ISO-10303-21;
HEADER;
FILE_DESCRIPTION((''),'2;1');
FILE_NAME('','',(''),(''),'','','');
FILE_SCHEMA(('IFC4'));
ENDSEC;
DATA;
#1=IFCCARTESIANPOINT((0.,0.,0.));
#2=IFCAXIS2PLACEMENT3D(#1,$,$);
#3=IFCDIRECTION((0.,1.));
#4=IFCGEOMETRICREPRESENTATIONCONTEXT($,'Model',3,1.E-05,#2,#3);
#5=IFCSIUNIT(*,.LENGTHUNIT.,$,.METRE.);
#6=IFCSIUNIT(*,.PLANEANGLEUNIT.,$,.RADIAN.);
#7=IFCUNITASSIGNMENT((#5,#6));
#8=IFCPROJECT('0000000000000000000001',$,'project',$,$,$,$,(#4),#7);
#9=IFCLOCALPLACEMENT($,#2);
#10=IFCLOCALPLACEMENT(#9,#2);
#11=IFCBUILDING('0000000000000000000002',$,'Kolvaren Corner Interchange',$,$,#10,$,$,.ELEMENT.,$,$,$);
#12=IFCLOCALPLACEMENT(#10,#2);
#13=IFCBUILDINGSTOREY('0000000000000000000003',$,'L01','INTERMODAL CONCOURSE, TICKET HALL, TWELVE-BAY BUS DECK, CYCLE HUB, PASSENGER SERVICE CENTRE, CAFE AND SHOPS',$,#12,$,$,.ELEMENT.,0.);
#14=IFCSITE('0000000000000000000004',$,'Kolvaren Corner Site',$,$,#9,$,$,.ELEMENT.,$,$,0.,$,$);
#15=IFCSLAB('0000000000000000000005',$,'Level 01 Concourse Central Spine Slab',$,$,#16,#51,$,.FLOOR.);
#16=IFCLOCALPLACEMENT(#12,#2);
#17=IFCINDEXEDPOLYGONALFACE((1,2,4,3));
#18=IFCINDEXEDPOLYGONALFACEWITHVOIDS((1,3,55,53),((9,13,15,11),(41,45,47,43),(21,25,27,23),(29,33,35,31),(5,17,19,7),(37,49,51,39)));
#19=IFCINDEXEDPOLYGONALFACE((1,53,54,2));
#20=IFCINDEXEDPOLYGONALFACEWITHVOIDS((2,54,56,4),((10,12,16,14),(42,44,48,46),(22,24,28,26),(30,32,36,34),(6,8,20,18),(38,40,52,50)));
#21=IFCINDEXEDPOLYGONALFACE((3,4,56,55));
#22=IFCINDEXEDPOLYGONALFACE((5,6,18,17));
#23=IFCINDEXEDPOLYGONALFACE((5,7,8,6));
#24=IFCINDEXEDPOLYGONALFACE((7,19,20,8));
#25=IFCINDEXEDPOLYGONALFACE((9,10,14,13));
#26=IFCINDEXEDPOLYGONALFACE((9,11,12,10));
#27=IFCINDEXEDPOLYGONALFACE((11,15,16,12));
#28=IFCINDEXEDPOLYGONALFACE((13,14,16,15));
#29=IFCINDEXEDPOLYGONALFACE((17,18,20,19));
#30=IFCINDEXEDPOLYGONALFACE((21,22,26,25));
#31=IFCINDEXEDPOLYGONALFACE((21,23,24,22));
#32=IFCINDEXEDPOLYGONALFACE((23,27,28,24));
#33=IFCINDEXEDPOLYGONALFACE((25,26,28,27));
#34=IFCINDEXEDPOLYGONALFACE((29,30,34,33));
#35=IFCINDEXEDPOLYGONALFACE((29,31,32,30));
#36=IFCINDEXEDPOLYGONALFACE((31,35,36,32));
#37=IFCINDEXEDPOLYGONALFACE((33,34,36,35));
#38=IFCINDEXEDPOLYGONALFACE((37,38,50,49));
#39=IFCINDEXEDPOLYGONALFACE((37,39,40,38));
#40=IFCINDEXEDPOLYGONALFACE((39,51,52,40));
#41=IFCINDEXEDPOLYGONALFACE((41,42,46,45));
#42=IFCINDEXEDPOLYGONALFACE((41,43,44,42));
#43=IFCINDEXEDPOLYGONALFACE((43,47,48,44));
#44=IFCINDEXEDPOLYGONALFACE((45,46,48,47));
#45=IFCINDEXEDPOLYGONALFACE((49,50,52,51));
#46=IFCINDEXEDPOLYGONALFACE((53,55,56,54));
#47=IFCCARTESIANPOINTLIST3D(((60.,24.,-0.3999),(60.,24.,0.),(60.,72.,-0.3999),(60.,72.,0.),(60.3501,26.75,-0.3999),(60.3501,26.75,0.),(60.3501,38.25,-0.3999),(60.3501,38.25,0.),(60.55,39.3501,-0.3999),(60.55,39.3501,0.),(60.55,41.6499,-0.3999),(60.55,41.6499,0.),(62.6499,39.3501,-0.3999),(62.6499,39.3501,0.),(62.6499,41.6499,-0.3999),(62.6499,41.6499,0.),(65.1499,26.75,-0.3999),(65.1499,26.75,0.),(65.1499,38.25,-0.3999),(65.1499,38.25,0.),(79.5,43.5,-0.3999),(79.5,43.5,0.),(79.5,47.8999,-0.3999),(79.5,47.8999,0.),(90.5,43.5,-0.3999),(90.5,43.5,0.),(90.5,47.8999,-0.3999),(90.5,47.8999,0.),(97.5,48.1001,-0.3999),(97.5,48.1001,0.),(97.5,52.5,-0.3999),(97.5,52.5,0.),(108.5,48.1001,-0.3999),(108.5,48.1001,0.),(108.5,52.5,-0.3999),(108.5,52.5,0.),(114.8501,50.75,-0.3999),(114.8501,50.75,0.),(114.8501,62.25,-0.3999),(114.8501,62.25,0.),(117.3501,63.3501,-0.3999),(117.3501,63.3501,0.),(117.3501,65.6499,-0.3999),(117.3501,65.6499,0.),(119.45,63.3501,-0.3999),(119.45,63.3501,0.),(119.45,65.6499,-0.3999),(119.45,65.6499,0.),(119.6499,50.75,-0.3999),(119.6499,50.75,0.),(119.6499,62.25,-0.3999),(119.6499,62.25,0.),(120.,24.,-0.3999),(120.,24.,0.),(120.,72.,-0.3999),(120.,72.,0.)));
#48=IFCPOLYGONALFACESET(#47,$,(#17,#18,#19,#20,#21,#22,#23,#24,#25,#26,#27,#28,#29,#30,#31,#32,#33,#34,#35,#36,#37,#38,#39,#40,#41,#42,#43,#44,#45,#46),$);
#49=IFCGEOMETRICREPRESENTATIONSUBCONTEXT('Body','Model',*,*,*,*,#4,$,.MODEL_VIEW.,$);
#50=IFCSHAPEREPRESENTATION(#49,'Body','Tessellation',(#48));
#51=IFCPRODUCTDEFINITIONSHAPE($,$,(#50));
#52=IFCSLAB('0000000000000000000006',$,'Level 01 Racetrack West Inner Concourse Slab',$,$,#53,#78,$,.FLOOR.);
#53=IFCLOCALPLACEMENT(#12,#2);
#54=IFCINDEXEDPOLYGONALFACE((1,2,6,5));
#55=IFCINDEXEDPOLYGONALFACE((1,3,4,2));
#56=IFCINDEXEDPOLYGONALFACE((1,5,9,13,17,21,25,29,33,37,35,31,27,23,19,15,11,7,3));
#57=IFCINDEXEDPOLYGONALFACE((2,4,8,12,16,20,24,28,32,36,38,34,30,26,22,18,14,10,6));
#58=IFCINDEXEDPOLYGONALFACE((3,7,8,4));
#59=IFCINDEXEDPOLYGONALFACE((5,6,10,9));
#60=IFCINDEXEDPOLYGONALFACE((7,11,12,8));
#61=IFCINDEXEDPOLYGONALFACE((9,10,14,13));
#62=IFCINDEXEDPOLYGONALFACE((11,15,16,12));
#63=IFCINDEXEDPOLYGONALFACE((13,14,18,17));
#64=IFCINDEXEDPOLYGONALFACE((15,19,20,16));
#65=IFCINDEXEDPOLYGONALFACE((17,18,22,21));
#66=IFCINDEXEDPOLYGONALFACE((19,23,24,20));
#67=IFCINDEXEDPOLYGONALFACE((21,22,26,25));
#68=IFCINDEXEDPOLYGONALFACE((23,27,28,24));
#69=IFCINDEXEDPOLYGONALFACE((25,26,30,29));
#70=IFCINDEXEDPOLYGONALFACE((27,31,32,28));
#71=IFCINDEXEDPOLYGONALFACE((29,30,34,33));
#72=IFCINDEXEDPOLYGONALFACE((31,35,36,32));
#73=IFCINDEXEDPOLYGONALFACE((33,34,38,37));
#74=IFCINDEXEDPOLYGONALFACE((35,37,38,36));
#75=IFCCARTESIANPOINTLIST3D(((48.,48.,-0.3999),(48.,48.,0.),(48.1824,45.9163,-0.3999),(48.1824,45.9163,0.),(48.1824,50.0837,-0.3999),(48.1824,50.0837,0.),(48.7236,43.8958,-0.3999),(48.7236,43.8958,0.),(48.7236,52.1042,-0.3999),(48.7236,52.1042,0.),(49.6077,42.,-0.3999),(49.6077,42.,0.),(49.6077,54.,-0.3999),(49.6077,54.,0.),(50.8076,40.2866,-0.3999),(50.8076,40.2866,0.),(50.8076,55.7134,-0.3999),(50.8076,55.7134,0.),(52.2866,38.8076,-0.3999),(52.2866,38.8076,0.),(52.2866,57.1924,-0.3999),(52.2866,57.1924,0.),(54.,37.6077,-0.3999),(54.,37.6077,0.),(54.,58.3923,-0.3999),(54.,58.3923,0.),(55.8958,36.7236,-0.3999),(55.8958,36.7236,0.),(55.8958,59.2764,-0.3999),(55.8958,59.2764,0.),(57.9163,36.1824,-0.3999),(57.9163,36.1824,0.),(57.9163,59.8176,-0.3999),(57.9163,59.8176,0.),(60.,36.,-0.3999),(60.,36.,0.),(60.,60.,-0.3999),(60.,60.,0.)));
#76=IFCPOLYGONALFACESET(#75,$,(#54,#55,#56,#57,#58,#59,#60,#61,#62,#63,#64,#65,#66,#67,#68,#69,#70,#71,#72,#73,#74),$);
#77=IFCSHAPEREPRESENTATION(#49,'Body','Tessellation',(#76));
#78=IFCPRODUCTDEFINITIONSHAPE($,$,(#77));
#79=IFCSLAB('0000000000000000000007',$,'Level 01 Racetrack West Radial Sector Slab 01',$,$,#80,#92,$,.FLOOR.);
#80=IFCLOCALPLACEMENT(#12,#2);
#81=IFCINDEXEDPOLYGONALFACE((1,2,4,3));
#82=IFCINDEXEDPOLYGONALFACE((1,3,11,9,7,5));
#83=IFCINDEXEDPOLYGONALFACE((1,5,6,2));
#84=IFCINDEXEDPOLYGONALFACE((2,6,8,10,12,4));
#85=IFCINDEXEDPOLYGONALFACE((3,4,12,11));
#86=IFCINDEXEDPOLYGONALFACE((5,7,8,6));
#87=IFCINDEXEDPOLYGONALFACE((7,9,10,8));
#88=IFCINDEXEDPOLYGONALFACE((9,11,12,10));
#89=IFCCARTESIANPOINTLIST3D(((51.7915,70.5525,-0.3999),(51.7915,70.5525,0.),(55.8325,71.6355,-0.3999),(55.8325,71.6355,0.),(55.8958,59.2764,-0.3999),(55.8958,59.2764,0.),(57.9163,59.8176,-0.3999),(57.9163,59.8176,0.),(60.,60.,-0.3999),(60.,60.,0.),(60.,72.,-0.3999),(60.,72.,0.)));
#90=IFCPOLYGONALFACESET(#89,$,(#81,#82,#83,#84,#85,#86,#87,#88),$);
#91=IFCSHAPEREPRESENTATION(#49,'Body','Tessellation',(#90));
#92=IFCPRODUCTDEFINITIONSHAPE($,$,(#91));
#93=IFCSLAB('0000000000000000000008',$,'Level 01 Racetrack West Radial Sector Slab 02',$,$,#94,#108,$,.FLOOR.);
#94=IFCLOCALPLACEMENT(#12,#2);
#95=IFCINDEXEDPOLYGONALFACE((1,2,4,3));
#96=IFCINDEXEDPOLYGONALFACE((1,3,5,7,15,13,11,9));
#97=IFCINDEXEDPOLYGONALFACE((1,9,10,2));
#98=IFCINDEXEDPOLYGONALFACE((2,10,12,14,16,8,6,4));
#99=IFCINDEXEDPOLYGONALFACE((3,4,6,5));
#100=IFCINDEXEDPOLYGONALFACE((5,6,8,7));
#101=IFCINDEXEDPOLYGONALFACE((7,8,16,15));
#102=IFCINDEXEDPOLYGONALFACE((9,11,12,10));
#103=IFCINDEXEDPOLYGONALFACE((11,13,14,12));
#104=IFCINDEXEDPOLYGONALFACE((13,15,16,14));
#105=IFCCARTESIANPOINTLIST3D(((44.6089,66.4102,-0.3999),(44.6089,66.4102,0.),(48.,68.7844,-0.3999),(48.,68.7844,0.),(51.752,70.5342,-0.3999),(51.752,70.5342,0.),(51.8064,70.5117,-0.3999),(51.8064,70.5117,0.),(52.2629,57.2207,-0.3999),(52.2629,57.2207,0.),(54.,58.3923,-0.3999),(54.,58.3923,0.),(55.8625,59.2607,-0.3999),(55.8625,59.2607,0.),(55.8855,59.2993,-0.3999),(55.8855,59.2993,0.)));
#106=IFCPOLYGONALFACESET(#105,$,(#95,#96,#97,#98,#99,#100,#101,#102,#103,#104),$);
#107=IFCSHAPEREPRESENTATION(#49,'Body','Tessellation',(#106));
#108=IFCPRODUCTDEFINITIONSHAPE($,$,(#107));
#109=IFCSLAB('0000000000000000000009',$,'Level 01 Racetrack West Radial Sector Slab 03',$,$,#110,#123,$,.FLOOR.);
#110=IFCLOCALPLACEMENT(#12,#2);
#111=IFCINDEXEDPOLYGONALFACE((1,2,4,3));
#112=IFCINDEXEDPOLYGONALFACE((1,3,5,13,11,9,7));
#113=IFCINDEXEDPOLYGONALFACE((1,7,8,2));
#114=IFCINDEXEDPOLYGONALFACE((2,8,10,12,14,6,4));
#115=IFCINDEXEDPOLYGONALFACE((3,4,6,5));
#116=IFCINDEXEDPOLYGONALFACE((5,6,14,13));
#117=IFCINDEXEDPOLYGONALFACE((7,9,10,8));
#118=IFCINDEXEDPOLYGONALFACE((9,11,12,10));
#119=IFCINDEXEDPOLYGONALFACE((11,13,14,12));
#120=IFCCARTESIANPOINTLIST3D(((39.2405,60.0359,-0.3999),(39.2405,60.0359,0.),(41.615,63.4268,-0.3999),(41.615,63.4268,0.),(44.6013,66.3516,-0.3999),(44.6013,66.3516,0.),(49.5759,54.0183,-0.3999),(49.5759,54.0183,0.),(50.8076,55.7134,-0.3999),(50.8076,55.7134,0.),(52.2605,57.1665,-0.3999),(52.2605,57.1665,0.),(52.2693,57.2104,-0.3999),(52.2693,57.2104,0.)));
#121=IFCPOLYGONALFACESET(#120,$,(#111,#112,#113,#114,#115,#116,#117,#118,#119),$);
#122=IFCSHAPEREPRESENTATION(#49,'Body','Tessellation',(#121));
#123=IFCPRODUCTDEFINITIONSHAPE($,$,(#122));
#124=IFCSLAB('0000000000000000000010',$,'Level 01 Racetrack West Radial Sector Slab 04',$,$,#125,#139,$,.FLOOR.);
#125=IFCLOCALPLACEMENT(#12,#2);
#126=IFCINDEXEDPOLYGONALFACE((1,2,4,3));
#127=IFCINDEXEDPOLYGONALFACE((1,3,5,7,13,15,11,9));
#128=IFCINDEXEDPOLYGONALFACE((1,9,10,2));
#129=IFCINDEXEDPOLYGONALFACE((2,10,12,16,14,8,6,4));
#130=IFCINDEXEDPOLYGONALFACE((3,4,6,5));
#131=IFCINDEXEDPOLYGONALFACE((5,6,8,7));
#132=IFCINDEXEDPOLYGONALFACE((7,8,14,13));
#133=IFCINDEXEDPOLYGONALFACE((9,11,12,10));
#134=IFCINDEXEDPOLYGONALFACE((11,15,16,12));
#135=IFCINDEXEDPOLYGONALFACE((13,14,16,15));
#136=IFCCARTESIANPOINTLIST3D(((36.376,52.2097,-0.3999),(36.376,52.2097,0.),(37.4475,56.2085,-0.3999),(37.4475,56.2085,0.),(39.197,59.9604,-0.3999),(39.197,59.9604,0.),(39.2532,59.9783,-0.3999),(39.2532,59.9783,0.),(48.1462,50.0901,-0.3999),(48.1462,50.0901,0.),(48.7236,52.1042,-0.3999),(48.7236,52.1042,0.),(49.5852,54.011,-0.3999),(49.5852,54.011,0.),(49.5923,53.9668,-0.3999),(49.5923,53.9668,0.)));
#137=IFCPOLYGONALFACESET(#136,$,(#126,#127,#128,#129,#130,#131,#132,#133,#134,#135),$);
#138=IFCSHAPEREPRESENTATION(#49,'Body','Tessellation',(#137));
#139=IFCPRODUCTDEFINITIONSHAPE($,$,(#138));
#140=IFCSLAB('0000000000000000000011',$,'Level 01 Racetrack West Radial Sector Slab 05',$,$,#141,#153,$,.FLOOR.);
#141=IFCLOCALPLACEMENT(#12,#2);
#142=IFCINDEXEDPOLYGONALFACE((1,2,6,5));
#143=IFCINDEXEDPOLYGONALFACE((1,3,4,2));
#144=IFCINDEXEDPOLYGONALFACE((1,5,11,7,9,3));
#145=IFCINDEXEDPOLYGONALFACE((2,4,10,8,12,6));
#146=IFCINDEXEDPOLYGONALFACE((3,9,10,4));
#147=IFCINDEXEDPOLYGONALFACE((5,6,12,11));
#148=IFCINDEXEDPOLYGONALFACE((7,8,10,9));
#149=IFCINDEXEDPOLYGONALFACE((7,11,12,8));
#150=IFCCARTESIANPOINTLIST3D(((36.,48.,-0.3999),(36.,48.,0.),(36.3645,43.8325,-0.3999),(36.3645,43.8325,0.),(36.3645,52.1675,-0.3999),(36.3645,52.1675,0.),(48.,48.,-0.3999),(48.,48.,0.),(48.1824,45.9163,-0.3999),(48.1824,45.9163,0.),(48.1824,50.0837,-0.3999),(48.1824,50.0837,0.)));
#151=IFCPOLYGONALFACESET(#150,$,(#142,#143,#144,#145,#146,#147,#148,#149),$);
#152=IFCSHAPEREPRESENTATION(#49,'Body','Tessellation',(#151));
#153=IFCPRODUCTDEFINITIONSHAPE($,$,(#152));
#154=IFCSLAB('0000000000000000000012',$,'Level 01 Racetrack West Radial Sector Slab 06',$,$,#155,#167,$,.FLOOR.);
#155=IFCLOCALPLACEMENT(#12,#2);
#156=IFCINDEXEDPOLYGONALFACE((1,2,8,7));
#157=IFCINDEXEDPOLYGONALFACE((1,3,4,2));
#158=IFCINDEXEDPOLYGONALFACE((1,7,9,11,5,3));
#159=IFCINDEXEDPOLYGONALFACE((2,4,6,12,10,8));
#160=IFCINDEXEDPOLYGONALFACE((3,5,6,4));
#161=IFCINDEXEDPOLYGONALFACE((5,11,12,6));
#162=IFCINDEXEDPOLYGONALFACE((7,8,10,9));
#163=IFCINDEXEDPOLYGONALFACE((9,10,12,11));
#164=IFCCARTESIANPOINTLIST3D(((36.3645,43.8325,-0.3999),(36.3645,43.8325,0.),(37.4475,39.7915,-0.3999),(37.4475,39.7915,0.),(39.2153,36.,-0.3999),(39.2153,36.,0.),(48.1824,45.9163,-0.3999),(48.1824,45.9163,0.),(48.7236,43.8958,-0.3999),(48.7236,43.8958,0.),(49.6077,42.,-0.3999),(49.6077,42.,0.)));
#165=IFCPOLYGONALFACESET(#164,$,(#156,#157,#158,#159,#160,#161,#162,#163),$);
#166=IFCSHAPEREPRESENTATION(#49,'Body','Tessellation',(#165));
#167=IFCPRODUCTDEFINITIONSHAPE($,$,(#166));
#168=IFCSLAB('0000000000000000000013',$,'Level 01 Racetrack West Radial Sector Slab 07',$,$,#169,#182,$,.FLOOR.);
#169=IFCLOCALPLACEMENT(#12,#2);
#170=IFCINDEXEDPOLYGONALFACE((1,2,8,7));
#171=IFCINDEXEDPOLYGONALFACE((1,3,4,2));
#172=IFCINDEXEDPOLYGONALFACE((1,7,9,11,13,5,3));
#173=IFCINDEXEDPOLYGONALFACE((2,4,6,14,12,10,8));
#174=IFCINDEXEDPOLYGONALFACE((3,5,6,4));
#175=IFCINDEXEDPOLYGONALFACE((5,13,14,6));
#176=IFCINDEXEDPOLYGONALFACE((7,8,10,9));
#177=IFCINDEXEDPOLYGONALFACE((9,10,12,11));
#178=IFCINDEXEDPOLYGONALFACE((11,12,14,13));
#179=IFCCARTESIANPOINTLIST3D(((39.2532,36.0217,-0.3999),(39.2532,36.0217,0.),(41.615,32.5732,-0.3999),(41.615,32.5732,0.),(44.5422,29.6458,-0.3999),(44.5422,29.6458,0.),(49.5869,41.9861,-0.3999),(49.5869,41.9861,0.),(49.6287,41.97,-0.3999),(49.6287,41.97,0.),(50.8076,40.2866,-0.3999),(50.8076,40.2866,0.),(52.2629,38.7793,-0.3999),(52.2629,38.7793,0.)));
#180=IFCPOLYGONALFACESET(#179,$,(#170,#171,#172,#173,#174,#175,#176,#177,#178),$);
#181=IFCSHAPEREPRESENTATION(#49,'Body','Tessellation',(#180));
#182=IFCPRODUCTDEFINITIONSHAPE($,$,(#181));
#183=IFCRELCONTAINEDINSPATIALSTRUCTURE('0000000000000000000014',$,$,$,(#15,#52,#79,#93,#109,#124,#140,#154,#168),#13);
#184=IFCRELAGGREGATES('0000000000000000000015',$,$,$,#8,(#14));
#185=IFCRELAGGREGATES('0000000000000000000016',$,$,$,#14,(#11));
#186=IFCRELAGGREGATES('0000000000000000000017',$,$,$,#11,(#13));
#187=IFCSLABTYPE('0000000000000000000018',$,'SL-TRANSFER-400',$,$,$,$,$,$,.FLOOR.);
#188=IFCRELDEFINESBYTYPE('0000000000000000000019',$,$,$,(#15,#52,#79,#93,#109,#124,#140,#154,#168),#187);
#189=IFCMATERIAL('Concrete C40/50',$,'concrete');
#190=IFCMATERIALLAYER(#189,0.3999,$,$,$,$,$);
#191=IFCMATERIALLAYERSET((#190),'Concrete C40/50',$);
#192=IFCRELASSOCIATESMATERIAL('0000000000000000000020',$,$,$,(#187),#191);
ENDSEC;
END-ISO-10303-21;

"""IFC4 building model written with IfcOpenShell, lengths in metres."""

from ifc_helpers import new_model, si_unit, direction, frame, origin, place, context, subcontext, project, spatial, polyline, outline, extrude, material, layer, layer_set, type_object, element, save


model = new_model("IFC4")

# Units and contexts
model_context = context("Model", 3, precision=1e-05, world=origin(), true_north=direction((0.0, 1.0)))
body_context = subcontext(model_context, "Body", "Model", "MODEL_VIEW")
ifc_project = project(units=[si_unit("LENGTHUNIT", "METRE"), si_unit("PLANEANGLEUNIT", "RADIAN")], contexts=[model_context])

# Site, building, storey
site_placement = place(None, origin())
site = spatial("IfcSite", under=ifc_project, at=site_placement, Name="Kolvaren Corner Site", CompositionType="ELEMENT", RefElevation=0.0)
building_placement = place(site_placement, origin())
building = spatial("IfcBuilding", under=site, at=building_placement, Name="Kolvaren Corner Interchange", CompositionType="ELEMENT")
storey_placement = place(building_placement, origin())
storey = spatial("IfcBuildingStorey", under=building, at=storey_placement, Name="L01", Description="INTERMODAL CONCOURSE, TICKET HALL, TWELVE-BAY BUS DECK, CYCLE HUB, PASSENGER SERVICE CENTRE, CAFE AND SHOPS", CompositionType="ELEMENT", Elevation=0.0)

# Slabs
ifc_material_1 = material(Name="Concrete C40/50", Category="concrete")
ifc_layer_1 = layer(ifc_material_1, 0.3999)
ifc_layer_set_1 = layer_set([ifc_layer_1], Name="Concrete C40/50")
slab_type_1 = type_object("IfcSlabType", Name="SL-TRANSFER-400", PredefinedType="FLOOR", material=ifc_layer_set_1)
slab_1_placement = place(storey_placement, frame((0.0, 0.0, -0.3999)))
element("IfcSlab", 1, at=slab_1_placement, inside=storey, type_object=slab_type_1, Name="Level 01 Concourse Central Spine Slab", PredefinedType="FLOOR", context=body_context, shape_type="SweptSolid", body=[
    extrude(outline(polyline([(120.0, 24.0), (120.0, 72.0), (60.0, 72.0), (60.0, 24.0), (120.0, 24.0)]), holes=[polyline([(65.1499, 38.25), (65.1499, 26.75), (60.3501, 26.75), (60.3501, 38.25), (65.1499, 38.25)]), polyline([(119.6499, 50.75), (114.8501, 50.75), (114.8501, 62.25), (119.6499, 62.25), (119.6499, 50.75)]), polyline([(79.5, 43.5), (79.5, 47.8999), (90.5, 47.8999), (90.5, 43.5), (79.5, 43.5)]), polyline([(97.5, 52.5), (108.5, 52.5), (108.5, 48.1001), (97.5, 48.1001), (97.5, 52.5)]), polyline([(60.55, 41.6499), (62.6499, 41.6499), (62.6499, 39.3501), (60.55, 39.3501), (60.55, 41.6499)]), polyline([(119.45, 65.6499), (119.45, 63.3501), (117.3501, 63.3501), (117.3501, 65.6499), (119.45, 65.6499)])]), origin(), (0.0, 0.0, 1.0), 0.3999),
])
slab_2_placement = place(storey_placement, frame((0.0, 0.0, -0.3999)))
element("IfcSlab", 2, at=slab_2_placement, inside=storey, type_object=slab_type_1, Name="Level 01 Racetrack West Inner Concourse Slab", PredefinedType="FLOOR", context=body_context, shape_type="SweptSolid", body=[
    extrude(outline(polyline([(52.2866, 57.1924), (50.8076, 55.7134), (49.6077, 54.0), (48.7236, 52.1042), (48.1824, 50.0837), (48.0, 48.0), (48.1824, 45.9163), (48.7236, 43.8958), (49.6077, 42.0), (50.8076, 40.2866), (52.2866, 38.8076), (54.0, 37.6077), (55.8958, 36.7236), (57.9163, 36.1824), (60.0, 36.0), (60.0, 60.0), (57.9163, 59.8176), (55.8958, 59.2764), (54.0, 58.3923), (52.2866, 57.1924)])), origin(), (0.0, 0.0, 1.0), 0.3999),
])
slab_3_placement = place(storey_placement, frame((0.0, 0.0, -0.3999)))
element("IfcSlab", 3, at=slab_3_placement, inside=storey, type_object=slab_type_1, Name="Level 01 Racetrack West Radial Sector Slab 01", PredefinedType="FLOOR", context=body_context, shape_type="SweptSolid", body=[
    extrude(outline(polyline([(60.0, 72.0), (55.8325, 71.6355), (51.7915, 70.5525), (55.8958, 59.2764), (57.9163, 59.8176), (60.0, 60.0), (60.0, 72.0)])), origin(), (0.0, 0.0, 1.0), 0.3999),
])
slab_4_placement = place(storey_placement, frame((0.0, 0.0, -0.3999)))
element("IfcSlab", 4, at=slab_4_placement, inside=storey, type_object=slab_type_1, Name="Level 01 Racetrack West Radial Sector Slab 02", PredefinedType="FLOOR", context=body_context, shape_type="SweptSolid", body=[
    extrude(outline(polyline([(51.752, 70.5342), (48.0, 68.7844), (44.6089, 66.4102), (52.2629, 57.2207), (54.0, 58.3923), (55.8625, 59.2607), (55.8855, 59.2993), (51.8064, 70.5117), (51.752, 70.5342)])), origin(), (0.0, 0.0, 1.0), 0.3999),
])
slab_5_placement = place(storey_placement, frame((0.0, 0.0, -0.3999)))
element("IfcSlab", 5, at=slab_5_placement, inside=storey, type_object=slab_type_1, Name="Level 01 Racetrack West Radial Sector Slab 03", PredefinedType="FLOOR", context=body_context, shape_type="SweptSolid", body=[
    extrude(outline(polyline([(41.615, 63.4268), (39.2405, 60.0359), (49.5759, 54.0183), (50.8076, 55.7134), (52.2605, 57.1665), (52.2693, 57.2104), (44.6013, 66.3516), (41.615, 63.4268)])), origin(), (0.0, 0.0, 1.0), 0.3999),
])
slab_6_placement = place(storey_placement, frame((0.0, 0.0, -0.3999)))
element("IfcSlab", 6, at=slab_6_placement, inside=storey, type_object=slab_type_1, Name="Level 01 Racetrack West Radial Sector Slab 04", PredefinedType="FLOOR", context=body_context, shape_type="SweptSolid", body=[
    extrude(outline(polyline([(39.197, 59.9604), (37.4475, 56.2085), (36.376, 52.2097), (48.1462, 50.0901), (48.7236, 52.1042), (49.5923, 53.9668), (49.5852, 54.011), (39.2532, 59.9783), (39.197, 59.9604)])), origin(), (0.0, 0.0, 1.0), 0.3999),
])
slab_7_placement = place(storey_placement, frame((0.0, 0.0, -0.3999)))
element("IfcSlab", 7, at=slab_7_placement, inside=storey, type_object=slab_type_1, Name="Level 01 Racetrack West Radial Sector Slab 05", PredefinedType="FLOOR", context=body_context, shape_type="SweptSolid", body=[
    extrude(outline(polyline([(36.3645, 52.1675), (36.0, 48.0), (36.3645, 43.8325), (48.1824, 45.9163), (48.0, 48.0), (48.1824, 50.0837), (36.3645, 52.1675)])), origin(), (0.0, 0.0, 1.0), 0.3999),
])
slab_8_placement = place(storey_placement, frame((0.0, 0.0, -0.3999)))
element("IfcSlab", 8, at=slab_8_placement, inside=storey, type_object=slab_type_1, Name="Level 01 Racetrack West Radial Sector Slab 06", PredefinedType="FLOOR", context=body_context, shape_type="SweptSolid", body=[
    extrude(outline(polyline([(36.3645, 43.8325), (37.4475, 39.7915), (39.2153, 36.0), (49.6077, 42.0), (48.7236, 43.8958), (48.1824, 45.9163), (36.3645, 43.8325)])), origin(), (0.0, 0.0, 1.0), 0.3999),
])
slab_9_placement = place(storey_placement, frame((0.0, 0.0, -0.3999)))
element("IfcSlab", 9, at=slab_9_placement, inside=storey, type_object=slab_type_1, Name="Level 01 Racetrack West Radial Sector Slab 07", PredefinedType="FLOOR", context=body_context, shape_type="SweptSolid", body=[
    extrude(outline(polyline([(41.615, 32.5732), (44.5422, 29.6458), (52.2629, 38.7793), (50.8076, 40.2866), (49.6287, 41.97), (49.5869, 41.9861), (39.2532, 36.0217), (41.615, 32.5732)])), origin(), (0.0, 0.0, 1.0), 0.3999),
])

save(model, "model.ifc")
